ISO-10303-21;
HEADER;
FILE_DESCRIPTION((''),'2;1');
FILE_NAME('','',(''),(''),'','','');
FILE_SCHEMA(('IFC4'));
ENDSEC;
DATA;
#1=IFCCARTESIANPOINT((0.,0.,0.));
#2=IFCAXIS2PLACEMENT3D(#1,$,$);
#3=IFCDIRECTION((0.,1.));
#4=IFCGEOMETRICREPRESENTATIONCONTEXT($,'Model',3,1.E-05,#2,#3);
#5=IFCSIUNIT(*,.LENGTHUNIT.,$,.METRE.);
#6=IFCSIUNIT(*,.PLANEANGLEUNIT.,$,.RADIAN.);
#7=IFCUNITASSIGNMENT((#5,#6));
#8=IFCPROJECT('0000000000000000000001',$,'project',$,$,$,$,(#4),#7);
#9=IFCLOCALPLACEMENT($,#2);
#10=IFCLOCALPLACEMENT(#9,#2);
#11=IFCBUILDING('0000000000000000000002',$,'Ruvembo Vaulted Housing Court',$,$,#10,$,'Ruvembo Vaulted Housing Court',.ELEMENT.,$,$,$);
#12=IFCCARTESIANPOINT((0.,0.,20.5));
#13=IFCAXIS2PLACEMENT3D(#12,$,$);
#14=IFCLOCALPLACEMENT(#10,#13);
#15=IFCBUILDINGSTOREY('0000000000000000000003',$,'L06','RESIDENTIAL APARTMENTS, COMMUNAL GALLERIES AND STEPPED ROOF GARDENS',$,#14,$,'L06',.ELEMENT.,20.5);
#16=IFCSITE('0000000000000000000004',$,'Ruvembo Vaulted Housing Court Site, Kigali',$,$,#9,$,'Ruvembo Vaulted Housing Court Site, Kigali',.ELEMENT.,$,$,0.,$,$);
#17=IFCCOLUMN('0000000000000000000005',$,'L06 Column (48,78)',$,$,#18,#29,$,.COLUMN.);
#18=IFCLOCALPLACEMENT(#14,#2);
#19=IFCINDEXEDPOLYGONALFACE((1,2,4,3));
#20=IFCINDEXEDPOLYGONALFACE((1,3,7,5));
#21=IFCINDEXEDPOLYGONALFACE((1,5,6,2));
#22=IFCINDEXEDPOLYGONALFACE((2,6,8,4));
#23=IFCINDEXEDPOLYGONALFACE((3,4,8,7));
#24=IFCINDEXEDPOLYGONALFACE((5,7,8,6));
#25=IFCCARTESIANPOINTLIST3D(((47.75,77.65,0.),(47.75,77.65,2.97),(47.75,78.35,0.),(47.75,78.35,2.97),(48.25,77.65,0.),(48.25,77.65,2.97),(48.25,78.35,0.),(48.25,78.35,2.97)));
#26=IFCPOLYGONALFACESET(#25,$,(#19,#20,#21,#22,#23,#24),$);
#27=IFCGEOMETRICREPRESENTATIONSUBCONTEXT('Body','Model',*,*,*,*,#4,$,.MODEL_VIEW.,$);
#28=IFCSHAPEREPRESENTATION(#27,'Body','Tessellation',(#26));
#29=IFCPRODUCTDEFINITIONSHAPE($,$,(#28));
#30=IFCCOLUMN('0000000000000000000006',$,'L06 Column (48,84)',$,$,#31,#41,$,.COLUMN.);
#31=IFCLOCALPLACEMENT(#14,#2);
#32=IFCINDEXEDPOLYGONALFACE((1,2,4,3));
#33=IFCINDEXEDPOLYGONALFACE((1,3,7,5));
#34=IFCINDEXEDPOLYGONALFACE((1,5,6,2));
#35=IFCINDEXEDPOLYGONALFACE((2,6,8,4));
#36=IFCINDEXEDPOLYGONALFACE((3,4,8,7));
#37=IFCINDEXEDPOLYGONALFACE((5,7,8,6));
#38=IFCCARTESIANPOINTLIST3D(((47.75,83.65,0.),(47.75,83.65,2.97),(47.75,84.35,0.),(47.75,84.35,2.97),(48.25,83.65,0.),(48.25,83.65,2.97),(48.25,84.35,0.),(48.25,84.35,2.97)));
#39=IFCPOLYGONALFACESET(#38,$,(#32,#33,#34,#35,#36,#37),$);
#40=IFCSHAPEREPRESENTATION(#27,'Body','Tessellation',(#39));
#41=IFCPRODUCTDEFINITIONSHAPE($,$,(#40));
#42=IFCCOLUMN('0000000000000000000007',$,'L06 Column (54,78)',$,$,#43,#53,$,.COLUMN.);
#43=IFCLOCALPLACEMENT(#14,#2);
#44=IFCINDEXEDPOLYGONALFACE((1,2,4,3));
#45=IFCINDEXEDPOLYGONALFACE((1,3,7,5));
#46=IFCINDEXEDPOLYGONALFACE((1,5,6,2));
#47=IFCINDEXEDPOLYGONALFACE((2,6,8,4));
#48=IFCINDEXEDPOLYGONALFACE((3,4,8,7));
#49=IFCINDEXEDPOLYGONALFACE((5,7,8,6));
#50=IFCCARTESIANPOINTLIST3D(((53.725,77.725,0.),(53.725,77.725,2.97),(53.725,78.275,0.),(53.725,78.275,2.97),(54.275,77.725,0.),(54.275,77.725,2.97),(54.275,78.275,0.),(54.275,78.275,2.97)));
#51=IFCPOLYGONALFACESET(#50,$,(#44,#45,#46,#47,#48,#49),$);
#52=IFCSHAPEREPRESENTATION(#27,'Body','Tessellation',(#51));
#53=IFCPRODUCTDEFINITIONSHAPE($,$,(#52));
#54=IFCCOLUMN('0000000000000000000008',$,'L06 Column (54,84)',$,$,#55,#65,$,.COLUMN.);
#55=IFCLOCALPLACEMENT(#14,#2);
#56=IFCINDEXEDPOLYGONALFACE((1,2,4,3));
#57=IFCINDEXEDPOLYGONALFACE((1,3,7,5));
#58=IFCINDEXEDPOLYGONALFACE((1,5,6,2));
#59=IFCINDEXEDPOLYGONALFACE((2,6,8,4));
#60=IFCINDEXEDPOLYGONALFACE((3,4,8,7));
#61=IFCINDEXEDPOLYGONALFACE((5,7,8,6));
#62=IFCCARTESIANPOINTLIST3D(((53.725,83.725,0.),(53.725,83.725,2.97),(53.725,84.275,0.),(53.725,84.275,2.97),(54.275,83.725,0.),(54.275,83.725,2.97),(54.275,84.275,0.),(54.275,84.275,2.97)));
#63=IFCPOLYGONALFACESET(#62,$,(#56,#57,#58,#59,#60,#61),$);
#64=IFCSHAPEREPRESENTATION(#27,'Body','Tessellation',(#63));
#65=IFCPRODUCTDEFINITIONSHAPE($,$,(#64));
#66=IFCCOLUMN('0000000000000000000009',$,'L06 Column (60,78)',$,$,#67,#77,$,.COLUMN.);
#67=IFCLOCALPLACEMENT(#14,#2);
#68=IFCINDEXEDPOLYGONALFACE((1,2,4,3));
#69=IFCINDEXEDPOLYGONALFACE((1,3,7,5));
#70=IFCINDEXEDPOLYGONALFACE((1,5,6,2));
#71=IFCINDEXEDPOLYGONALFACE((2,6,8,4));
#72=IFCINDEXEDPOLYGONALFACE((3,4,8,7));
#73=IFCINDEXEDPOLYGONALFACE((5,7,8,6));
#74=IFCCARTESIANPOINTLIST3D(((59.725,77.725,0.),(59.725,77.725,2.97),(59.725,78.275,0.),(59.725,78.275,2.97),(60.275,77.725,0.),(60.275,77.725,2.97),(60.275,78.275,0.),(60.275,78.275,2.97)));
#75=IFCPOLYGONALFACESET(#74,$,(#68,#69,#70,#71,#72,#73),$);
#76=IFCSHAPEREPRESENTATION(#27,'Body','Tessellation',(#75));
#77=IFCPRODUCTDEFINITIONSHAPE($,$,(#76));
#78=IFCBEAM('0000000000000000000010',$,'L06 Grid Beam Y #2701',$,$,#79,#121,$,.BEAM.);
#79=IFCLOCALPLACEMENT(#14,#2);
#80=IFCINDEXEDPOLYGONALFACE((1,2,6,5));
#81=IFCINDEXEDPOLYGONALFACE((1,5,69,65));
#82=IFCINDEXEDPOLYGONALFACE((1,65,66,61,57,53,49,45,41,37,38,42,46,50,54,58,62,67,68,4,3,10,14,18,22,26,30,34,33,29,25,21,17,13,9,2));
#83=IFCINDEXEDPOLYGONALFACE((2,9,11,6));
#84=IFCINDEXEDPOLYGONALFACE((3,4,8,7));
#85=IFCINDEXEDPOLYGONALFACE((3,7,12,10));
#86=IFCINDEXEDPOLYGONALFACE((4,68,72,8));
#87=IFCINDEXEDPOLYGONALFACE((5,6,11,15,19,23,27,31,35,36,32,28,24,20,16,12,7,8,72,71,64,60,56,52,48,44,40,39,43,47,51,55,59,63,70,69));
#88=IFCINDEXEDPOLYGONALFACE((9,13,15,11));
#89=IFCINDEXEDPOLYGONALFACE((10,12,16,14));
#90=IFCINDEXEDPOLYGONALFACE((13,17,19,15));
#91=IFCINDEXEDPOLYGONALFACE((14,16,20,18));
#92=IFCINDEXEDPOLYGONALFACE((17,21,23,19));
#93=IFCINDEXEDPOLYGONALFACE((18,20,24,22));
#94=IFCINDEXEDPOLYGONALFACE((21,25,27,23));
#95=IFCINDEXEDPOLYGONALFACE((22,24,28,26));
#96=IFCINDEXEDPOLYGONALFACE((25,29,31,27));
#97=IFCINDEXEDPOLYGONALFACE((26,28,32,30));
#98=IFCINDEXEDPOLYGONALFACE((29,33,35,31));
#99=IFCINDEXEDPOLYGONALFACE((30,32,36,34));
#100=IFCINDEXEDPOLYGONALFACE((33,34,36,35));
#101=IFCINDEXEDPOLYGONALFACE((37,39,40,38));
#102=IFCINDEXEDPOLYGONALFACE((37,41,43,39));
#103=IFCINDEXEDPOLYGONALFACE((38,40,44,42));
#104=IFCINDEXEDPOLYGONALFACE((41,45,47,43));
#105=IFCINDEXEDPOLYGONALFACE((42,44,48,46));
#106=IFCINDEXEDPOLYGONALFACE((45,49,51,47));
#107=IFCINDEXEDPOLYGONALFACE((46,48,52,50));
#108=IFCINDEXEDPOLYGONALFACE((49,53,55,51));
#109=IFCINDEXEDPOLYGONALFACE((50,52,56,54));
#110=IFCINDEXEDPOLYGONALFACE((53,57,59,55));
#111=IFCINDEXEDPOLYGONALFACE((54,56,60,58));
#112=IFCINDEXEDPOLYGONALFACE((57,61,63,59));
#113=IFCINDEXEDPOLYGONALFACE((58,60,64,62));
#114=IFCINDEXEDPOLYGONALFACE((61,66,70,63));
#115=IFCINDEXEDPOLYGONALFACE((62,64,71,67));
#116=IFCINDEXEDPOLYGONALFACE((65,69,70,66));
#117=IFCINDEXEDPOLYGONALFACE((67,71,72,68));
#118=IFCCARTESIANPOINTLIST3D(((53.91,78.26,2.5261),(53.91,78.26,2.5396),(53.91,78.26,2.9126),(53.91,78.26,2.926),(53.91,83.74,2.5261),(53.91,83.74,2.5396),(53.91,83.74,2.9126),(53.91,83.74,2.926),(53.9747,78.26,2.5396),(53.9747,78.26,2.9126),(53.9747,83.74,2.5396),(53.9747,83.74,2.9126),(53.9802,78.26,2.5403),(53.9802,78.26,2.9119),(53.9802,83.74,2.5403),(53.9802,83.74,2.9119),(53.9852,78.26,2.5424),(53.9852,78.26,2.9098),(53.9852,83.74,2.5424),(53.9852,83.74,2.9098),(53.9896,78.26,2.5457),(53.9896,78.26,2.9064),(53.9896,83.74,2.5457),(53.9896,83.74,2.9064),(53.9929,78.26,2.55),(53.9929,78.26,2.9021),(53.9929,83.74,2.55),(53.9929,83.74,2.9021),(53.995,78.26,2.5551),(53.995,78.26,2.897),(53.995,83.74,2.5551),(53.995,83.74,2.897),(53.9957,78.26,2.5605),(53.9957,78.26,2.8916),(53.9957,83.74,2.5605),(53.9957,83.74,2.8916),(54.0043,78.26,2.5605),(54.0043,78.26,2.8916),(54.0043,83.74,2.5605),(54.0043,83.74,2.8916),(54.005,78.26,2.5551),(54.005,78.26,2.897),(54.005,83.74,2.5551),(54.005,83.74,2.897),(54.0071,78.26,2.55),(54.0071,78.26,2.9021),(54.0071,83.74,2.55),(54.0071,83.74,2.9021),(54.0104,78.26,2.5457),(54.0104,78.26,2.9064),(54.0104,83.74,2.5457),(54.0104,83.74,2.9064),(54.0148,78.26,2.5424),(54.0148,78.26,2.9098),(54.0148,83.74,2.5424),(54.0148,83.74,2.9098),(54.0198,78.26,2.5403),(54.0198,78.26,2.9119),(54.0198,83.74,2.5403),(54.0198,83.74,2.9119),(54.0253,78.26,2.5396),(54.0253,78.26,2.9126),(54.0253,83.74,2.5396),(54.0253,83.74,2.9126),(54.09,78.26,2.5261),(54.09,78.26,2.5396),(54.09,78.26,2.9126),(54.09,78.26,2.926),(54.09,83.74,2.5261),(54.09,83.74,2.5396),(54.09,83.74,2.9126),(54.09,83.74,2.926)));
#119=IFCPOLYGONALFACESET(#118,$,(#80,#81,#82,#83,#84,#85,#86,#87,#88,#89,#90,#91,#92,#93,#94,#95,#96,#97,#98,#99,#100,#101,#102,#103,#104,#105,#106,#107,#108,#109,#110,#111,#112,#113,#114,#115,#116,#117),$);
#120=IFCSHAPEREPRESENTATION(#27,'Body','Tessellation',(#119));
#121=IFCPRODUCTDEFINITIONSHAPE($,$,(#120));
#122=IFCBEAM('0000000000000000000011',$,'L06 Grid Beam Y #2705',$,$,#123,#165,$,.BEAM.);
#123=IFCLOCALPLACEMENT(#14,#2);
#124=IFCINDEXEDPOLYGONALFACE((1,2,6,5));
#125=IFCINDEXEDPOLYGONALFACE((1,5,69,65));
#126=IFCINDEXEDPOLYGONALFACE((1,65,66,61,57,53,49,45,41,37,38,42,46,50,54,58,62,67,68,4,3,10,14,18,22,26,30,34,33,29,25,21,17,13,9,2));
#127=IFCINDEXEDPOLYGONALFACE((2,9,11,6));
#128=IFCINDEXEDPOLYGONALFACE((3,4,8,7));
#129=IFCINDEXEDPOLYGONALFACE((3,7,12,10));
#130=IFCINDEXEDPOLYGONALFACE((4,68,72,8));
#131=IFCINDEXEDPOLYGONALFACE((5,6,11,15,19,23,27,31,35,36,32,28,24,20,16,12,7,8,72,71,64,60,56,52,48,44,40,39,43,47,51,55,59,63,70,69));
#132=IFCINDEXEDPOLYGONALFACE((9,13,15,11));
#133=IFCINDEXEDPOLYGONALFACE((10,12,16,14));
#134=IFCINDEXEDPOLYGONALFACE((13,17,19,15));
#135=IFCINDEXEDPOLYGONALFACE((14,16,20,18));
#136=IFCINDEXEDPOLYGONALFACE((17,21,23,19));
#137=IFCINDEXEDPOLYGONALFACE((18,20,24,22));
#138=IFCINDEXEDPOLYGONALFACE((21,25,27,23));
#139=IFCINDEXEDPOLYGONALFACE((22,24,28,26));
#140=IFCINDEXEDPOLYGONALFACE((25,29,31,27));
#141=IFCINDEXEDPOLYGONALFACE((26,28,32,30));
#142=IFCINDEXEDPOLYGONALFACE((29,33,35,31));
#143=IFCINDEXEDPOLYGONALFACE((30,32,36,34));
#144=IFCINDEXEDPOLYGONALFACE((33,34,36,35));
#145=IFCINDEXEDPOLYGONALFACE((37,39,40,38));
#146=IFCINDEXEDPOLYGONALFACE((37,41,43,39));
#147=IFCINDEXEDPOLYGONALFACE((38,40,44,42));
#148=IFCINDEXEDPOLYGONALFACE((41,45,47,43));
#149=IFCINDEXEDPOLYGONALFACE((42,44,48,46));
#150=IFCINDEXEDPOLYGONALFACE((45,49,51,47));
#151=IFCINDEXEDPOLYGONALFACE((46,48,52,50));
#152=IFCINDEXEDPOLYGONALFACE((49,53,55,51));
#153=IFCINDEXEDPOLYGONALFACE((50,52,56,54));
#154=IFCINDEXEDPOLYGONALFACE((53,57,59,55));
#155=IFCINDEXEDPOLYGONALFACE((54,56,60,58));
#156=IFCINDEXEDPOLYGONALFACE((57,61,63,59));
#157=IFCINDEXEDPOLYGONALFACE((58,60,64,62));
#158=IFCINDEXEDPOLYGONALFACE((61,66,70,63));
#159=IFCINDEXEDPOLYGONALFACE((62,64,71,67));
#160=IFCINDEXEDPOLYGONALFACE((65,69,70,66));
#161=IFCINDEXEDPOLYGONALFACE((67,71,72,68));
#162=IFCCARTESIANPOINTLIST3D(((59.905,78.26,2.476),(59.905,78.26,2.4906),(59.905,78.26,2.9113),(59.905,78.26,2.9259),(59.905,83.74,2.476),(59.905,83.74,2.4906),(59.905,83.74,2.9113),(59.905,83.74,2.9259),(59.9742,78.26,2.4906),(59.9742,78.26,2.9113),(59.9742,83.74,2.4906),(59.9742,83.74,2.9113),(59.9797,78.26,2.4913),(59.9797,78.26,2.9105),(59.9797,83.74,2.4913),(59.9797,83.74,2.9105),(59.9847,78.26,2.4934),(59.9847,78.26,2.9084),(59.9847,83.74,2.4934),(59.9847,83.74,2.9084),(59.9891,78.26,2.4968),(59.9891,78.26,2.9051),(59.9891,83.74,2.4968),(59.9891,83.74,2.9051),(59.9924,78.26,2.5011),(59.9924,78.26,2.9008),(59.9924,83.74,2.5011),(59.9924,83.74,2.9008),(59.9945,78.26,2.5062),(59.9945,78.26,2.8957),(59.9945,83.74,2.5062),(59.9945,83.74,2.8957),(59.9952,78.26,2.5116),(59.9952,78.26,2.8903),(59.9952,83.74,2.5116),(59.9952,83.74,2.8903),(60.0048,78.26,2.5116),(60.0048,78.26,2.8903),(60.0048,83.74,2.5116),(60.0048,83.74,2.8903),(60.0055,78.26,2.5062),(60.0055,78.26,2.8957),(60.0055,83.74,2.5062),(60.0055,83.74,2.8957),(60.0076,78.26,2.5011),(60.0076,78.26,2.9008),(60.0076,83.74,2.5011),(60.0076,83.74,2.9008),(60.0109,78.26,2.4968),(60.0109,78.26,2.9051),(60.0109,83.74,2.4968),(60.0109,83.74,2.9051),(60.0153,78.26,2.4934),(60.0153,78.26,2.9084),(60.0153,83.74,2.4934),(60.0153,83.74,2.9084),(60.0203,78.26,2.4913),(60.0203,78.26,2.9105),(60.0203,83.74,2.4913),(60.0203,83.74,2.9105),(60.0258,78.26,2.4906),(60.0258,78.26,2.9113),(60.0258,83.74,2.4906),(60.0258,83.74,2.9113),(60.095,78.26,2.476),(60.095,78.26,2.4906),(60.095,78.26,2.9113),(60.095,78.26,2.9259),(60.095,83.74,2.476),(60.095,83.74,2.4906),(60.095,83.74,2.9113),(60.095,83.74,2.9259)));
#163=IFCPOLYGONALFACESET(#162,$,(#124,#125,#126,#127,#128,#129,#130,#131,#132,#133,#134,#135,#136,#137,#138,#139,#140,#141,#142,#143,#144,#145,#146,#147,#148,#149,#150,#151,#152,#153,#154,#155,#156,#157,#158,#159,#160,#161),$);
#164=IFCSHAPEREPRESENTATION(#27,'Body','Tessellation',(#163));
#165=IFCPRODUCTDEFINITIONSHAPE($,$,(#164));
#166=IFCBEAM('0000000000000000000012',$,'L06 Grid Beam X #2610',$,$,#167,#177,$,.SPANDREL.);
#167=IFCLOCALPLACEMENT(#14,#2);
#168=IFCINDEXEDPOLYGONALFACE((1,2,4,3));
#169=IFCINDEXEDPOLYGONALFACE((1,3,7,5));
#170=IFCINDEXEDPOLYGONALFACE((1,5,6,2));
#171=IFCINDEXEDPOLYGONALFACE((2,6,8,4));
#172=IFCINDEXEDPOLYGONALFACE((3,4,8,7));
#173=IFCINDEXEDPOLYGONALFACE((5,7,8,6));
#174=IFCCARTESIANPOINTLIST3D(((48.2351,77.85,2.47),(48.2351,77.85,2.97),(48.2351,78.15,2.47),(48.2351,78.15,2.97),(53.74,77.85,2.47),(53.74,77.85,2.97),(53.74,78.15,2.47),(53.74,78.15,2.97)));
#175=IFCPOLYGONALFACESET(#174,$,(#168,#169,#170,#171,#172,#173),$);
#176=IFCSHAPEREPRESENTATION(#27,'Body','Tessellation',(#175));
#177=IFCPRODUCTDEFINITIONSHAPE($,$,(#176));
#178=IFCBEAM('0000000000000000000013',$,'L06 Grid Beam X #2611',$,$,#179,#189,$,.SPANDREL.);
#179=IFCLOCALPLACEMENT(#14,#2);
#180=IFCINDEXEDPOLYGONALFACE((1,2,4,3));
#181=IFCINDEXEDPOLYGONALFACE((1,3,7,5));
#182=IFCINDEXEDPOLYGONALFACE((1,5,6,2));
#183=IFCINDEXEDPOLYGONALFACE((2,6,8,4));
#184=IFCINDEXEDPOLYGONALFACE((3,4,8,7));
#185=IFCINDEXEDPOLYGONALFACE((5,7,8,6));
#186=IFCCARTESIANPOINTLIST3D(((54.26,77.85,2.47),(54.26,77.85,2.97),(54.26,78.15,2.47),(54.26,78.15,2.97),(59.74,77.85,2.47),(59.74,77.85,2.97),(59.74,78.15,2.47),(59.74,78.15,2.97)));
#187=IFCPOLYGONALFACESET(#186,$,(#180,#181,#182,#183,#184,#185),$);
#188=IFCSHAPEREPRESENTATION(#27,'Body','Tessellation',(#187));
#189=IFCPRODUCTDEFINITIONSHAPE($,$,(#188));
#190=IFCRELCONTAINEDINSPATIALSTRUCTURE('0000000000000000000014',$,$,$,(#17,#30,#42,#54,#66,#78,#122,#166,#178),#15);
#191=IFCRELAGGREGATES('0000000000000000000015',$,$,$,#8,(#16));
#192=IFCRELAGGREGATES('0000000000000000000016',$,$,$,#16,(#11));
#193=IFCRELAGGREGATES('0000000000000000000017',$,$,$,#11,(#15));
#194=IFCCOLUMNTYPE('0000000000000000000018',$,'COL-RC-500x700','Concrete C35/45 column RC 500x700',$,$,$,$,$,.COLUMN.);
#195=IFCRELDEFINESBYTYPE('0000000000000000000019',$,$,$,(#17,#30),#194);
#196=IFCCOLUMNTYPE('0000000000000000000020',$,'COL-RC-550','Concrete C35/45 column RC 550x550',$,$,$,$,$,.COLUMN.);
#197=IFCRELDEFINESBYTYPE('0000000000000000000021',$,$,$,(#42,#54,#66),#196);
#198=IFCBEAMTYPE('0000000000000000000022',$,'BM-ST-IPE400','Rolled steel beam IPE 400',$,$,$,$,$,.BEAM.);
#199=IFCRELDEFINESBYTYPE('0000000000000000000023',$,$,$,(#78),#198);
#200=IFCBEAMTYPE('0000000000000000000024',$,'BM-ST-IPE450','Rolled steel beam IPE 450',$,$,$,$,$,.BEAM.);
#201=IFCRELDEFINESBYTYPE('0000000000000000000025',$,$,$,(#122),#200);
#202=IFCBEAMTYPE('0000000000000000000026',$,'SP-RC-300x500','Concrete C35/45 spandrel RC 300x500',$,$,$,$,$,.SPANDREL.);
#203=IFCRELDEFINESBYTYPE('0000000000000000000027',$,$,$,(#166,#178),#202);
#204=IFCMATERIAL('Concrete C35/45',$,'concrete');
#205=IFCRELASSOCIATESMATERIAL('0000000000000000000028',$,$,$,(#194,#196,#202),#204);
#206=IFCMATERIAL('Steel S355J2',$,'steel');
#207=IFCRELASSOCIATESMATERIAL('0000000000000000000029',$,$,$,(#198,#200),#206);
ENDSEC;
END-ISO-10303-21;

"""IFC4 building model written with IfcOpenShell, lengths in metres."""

from ifc_helpers import new_model, si_unit, direction, frame, origin, origin_2d, place, context, subcontext, project, spatial, rectangle, i_section, extrude, material, material_profile, profile_set, type_object, element, save


model = new_model("IFC4")

# Units and contexts
model_context = context("Model", 3, precision=1e-05, world=origin(), true_north=direction((0.0, 1.0)))
body_context = subcontext(model_context, "Body", "Model", "MODEL_VIEW")
ifc_project = project(units=[si_unit("LENGTHUNIT", "METRE"), si_unit("PLANEANGLEUNIT", "RADIAN")], contexts=[model_context])

# Site, building, storey
site_placement = place(None, origin())
site = spatial("IfcSite", under=ifc_project, at=site_placement, Name="Ruvembo Vaulted Housing Court Site, Kigali", LongName="Ruvembo Vaulted Housing Court Site, Kigali", CompositionType="ELEMENT", RefElevation=0.0)
building_placement = place(site_placement, origin())
building = spatial("IfcBuilding", under=site, at=building_placement, Name="Ruvembo Vaulted Housing Court", LongName="Ruvembo Vaulted Housing Court", CompositionType="ELEMENT")
storey_placement = place(building_placement, frame((0.0, 0.0, 20.5)))
storey = spatial("IfcBuildingStorey", under=building, at=storey_placement, Name="L06", Description="RESIDENTIAL APARTMENTS, COMMUNAL GALLERIES AND STEPPED ROOF GARDENS", LongName="L06", CompositionType="ELEMENT", Elevation=20.5)

# Columns
ifc_material_1 = material(Name="Concrete C35/45", Category="concrete")
ifc_material_profile_1 = material_profile(ifc_material_1, rectangle(XDim=0.5, YDim=0.7, at=origin_2d()), Name="RC 500x700")
ifc_profile_set_1 = profile_set([ifc_material_profile_1], Name="Concrete C35/45")
column_type_1 = type_object("IfcColumnType", Name="COL-RC-500x700", Description="Concrete C35/45 column RC 500x700", PredefinedType="COLUMN", material=ifc_profile_set_1)
for number, where, z_axis, x_axis, name in (
    (1, (48.0, 78.0, 0.0), (0.0, 0.0, 1.0), (1.0, 0.0, 0.0), "L06 Column (48,78)"),
    (2, (48.0, 84.0, 0.0), (0.0, 0.0, 1.0), (1.0, 0.0, 0.0), "L06 Column (48,84)"),
):
    element("IfcColumn", number, at=place(storey_placement, frame(where, z_axis=z_axis, x_axis=x_axis)), inside=storey, type_object=column_type_1, Name=name, PredefinedType="COLUMN", context=body_context, shape_type="SweptSolid", body=[
        extrude(rectangle(XDim=0.5, YDim=0.7, at=origin_2d()), origin(), (0.0, 0.0, 1.0), 2.97),
    ])
ifc_material_profile_2 = material_profile(ifc_material_1, rectangle(XDim=0.55, YDim=0.55, at=origin_2d()), Name="RC 550x550")
ifc_profile_set_2 = profile_set([ifc_material_profile_2], Name="Concrete C35/45")
column_type_2 = type_object("IfcColumnType", Name="COL-RC-550", Description="Concrete C35/45 column RC 550x550", PredefinedType="COLUMN", material=ifc_profile_set_2)
for number, where, z_axis, x_axis, name in (
    (3, (54.0, 78.0, 0.0), (0.0, 0.0, 1.0), (1.0, 0.0, 0.0), "L06 Column (54,78)"),
    (4, (54.0, 84.0, 0.0), (0.0, 0.0, 1.0), (1.0, 0.0, 0.0), "L06 Column (54,84)"),
    (5, (60.0, 78.0, 0.0), (0.0, 0.0, 1.0), (1.0, 0.0, 0.0), "L06 Column (60,78)"),
):
    element("IfcColumn", number, at=place(storey_placement, frame(where, z_axis=z_axis, x_axis=x_axis)), inside=storey, type_object=column_type_2, Name=name, PredefinedType="COLUMN", context=body_context, shape_type="SweptSolid", body=[
        extrude(rectangle(XDim=0.55, YDim=0.55, at=origin_2d()), origin(), (0.0, 0.0, 1.0), 2.97),
    ])

# Beams
ifc_material_2 = material(Name="Steel S355J2", Category="steel")
ifc_material_profile_3 = material_profile(ifc_material_2, i_section(OverallWidth=0.1799, OverallDepth=0.3999, WebThickness=0.0085, FlangeThickness=0.0134, FilletRadius=0.021, at=origin_2d()), Name="IPE 400")
ifc_profile_set_3 = profile_set([ifc_material_profile_3], Name="Steel S355J2")
beam_type_1 = type_object("IfcBeamType", Name="BM-ST-IPE400", Description="Rolled steel beam IPE 400", PredefinedType="BEAM", material=ifc_profile_set_3)
beam_1_placement = place(storey_placement, frame((54.0, 78.26, 2.7261), z_axis=(0.0, 1.0, 0.0), x_axis=(-1.0, 0.0, 0.0)))
element("IfcBeam", 6, at=beam_1_placement, inside=storey, type_object=beam_type_1, Name="L06 Grid Beam Y #2701", PredefinedType="BEAM", context=body_context, shape_type="SweptSolid", body=[
    extrude(i_section(OverallWidth=0.1799, OverallDepth=0.3999, WebThickness=0.0085, FlangeThickness=0.0134, FilletRadius=0.021, at=origin_2d()), origin(), (0.0, 0.0, 1.0), 5.48),
])
ifc_material_profile_4 = material_profile(ifc_material_2, i_section(OverallWidth=0.1899, OverallDepth=0.45, WebThickness=0.0095, FlangeThickness=0.0146, FilletRadius=0.021, at=origin_2d()), Name="IPE 450")
ifc_profile_set_4 = profile_set([ifc_material_profile_4], Name="Steel S355J2")
beam_type_2 = type_object("IfcBeamType", Name="BM-ST-IPE450", Description="Rolled steel beam IPE 450", PredefinedType="BEAM", material=ifc_profile_set_4)
beam_2_placement = place(storey_placement, frame((60.0, 78.26, 2.7009), z_axis=(0.0, 1.0, 0.0), x_axis=(-1.0, 0.0, 0.0)))
element("IfcBeam", 7, at=beam_2_placement, inside=storey, type_object=beam_type_2, Name="L06 Grid Beam Y #2705", PredefinedType="BEAM", context=body_context, shape_type="SweptSolid", body=[
    extrude(i_section(OverallWidth=0.1899, OverallDepth=0.45, WebThickness=0.0095, FlangeThickness=0.0146, FilletRadius=0.021, at=origin_2d()), origin(), (0.0, 0.0, 1.0), 5.48),
])
ifc_material_profile_5 = material_profile(ifc_material_1, rectangle(XDim=0.3, YDim=0.5, at=origin_2d()), Name="RC 300x500")
ifc_profile_set_5 = profile_set([ifc_material_profile_5], Name="Concrete C35/45")
beam_type_3 = type_object("IfcBeamType", Name="SP-RC-300x500", Description="Concrete C35/45 spandrel RC 300x500", PredefinedType="SPANDREL", material=ifc_profile_set_5)
beam_3_placement = place(storey_placement, frame((48.2351, 78.0, 2.72), z_axis=(1.0, 0.0, 0.0), x_axis=(0.0, 1.0, 0.0)))
element("IfcBeam", 8, at=beam_3_placement, inside=storey, type_object=beam_type_3, Name="L06 Grid Beam X #2610", PredefinedType="SPANDREL", context=body_context, shape_type="SweptSolid", body=[
    extrude(rectangle(XDim=0.3, YDim=0.5, at=origin_2d()), origin(), (0.0, 0.0, 1.0), 5.5049),
])
beam_4_placement = place(storey_placement, frame((54.26, 78.0, 2.72), z_axis=(1.0, 0.0, 0.0), x_axis=(0.0, 1.0, 0.0)))
element("IfcBeam", 9, at=beam_4_placement, inside=storey, type_object=beam_type_3, Name="L06 Grid Beam X #2611", PredefinedType="SPANDREL", context=body_context, shape_type="SweptSolid", body=[
    extrude(rectangle(XDim=0.3, YDim=0.5, at=origin_2d()), origin(), (0.0, 0.0, 1.0), 5.48),
])

save(model, "model.ifc")
